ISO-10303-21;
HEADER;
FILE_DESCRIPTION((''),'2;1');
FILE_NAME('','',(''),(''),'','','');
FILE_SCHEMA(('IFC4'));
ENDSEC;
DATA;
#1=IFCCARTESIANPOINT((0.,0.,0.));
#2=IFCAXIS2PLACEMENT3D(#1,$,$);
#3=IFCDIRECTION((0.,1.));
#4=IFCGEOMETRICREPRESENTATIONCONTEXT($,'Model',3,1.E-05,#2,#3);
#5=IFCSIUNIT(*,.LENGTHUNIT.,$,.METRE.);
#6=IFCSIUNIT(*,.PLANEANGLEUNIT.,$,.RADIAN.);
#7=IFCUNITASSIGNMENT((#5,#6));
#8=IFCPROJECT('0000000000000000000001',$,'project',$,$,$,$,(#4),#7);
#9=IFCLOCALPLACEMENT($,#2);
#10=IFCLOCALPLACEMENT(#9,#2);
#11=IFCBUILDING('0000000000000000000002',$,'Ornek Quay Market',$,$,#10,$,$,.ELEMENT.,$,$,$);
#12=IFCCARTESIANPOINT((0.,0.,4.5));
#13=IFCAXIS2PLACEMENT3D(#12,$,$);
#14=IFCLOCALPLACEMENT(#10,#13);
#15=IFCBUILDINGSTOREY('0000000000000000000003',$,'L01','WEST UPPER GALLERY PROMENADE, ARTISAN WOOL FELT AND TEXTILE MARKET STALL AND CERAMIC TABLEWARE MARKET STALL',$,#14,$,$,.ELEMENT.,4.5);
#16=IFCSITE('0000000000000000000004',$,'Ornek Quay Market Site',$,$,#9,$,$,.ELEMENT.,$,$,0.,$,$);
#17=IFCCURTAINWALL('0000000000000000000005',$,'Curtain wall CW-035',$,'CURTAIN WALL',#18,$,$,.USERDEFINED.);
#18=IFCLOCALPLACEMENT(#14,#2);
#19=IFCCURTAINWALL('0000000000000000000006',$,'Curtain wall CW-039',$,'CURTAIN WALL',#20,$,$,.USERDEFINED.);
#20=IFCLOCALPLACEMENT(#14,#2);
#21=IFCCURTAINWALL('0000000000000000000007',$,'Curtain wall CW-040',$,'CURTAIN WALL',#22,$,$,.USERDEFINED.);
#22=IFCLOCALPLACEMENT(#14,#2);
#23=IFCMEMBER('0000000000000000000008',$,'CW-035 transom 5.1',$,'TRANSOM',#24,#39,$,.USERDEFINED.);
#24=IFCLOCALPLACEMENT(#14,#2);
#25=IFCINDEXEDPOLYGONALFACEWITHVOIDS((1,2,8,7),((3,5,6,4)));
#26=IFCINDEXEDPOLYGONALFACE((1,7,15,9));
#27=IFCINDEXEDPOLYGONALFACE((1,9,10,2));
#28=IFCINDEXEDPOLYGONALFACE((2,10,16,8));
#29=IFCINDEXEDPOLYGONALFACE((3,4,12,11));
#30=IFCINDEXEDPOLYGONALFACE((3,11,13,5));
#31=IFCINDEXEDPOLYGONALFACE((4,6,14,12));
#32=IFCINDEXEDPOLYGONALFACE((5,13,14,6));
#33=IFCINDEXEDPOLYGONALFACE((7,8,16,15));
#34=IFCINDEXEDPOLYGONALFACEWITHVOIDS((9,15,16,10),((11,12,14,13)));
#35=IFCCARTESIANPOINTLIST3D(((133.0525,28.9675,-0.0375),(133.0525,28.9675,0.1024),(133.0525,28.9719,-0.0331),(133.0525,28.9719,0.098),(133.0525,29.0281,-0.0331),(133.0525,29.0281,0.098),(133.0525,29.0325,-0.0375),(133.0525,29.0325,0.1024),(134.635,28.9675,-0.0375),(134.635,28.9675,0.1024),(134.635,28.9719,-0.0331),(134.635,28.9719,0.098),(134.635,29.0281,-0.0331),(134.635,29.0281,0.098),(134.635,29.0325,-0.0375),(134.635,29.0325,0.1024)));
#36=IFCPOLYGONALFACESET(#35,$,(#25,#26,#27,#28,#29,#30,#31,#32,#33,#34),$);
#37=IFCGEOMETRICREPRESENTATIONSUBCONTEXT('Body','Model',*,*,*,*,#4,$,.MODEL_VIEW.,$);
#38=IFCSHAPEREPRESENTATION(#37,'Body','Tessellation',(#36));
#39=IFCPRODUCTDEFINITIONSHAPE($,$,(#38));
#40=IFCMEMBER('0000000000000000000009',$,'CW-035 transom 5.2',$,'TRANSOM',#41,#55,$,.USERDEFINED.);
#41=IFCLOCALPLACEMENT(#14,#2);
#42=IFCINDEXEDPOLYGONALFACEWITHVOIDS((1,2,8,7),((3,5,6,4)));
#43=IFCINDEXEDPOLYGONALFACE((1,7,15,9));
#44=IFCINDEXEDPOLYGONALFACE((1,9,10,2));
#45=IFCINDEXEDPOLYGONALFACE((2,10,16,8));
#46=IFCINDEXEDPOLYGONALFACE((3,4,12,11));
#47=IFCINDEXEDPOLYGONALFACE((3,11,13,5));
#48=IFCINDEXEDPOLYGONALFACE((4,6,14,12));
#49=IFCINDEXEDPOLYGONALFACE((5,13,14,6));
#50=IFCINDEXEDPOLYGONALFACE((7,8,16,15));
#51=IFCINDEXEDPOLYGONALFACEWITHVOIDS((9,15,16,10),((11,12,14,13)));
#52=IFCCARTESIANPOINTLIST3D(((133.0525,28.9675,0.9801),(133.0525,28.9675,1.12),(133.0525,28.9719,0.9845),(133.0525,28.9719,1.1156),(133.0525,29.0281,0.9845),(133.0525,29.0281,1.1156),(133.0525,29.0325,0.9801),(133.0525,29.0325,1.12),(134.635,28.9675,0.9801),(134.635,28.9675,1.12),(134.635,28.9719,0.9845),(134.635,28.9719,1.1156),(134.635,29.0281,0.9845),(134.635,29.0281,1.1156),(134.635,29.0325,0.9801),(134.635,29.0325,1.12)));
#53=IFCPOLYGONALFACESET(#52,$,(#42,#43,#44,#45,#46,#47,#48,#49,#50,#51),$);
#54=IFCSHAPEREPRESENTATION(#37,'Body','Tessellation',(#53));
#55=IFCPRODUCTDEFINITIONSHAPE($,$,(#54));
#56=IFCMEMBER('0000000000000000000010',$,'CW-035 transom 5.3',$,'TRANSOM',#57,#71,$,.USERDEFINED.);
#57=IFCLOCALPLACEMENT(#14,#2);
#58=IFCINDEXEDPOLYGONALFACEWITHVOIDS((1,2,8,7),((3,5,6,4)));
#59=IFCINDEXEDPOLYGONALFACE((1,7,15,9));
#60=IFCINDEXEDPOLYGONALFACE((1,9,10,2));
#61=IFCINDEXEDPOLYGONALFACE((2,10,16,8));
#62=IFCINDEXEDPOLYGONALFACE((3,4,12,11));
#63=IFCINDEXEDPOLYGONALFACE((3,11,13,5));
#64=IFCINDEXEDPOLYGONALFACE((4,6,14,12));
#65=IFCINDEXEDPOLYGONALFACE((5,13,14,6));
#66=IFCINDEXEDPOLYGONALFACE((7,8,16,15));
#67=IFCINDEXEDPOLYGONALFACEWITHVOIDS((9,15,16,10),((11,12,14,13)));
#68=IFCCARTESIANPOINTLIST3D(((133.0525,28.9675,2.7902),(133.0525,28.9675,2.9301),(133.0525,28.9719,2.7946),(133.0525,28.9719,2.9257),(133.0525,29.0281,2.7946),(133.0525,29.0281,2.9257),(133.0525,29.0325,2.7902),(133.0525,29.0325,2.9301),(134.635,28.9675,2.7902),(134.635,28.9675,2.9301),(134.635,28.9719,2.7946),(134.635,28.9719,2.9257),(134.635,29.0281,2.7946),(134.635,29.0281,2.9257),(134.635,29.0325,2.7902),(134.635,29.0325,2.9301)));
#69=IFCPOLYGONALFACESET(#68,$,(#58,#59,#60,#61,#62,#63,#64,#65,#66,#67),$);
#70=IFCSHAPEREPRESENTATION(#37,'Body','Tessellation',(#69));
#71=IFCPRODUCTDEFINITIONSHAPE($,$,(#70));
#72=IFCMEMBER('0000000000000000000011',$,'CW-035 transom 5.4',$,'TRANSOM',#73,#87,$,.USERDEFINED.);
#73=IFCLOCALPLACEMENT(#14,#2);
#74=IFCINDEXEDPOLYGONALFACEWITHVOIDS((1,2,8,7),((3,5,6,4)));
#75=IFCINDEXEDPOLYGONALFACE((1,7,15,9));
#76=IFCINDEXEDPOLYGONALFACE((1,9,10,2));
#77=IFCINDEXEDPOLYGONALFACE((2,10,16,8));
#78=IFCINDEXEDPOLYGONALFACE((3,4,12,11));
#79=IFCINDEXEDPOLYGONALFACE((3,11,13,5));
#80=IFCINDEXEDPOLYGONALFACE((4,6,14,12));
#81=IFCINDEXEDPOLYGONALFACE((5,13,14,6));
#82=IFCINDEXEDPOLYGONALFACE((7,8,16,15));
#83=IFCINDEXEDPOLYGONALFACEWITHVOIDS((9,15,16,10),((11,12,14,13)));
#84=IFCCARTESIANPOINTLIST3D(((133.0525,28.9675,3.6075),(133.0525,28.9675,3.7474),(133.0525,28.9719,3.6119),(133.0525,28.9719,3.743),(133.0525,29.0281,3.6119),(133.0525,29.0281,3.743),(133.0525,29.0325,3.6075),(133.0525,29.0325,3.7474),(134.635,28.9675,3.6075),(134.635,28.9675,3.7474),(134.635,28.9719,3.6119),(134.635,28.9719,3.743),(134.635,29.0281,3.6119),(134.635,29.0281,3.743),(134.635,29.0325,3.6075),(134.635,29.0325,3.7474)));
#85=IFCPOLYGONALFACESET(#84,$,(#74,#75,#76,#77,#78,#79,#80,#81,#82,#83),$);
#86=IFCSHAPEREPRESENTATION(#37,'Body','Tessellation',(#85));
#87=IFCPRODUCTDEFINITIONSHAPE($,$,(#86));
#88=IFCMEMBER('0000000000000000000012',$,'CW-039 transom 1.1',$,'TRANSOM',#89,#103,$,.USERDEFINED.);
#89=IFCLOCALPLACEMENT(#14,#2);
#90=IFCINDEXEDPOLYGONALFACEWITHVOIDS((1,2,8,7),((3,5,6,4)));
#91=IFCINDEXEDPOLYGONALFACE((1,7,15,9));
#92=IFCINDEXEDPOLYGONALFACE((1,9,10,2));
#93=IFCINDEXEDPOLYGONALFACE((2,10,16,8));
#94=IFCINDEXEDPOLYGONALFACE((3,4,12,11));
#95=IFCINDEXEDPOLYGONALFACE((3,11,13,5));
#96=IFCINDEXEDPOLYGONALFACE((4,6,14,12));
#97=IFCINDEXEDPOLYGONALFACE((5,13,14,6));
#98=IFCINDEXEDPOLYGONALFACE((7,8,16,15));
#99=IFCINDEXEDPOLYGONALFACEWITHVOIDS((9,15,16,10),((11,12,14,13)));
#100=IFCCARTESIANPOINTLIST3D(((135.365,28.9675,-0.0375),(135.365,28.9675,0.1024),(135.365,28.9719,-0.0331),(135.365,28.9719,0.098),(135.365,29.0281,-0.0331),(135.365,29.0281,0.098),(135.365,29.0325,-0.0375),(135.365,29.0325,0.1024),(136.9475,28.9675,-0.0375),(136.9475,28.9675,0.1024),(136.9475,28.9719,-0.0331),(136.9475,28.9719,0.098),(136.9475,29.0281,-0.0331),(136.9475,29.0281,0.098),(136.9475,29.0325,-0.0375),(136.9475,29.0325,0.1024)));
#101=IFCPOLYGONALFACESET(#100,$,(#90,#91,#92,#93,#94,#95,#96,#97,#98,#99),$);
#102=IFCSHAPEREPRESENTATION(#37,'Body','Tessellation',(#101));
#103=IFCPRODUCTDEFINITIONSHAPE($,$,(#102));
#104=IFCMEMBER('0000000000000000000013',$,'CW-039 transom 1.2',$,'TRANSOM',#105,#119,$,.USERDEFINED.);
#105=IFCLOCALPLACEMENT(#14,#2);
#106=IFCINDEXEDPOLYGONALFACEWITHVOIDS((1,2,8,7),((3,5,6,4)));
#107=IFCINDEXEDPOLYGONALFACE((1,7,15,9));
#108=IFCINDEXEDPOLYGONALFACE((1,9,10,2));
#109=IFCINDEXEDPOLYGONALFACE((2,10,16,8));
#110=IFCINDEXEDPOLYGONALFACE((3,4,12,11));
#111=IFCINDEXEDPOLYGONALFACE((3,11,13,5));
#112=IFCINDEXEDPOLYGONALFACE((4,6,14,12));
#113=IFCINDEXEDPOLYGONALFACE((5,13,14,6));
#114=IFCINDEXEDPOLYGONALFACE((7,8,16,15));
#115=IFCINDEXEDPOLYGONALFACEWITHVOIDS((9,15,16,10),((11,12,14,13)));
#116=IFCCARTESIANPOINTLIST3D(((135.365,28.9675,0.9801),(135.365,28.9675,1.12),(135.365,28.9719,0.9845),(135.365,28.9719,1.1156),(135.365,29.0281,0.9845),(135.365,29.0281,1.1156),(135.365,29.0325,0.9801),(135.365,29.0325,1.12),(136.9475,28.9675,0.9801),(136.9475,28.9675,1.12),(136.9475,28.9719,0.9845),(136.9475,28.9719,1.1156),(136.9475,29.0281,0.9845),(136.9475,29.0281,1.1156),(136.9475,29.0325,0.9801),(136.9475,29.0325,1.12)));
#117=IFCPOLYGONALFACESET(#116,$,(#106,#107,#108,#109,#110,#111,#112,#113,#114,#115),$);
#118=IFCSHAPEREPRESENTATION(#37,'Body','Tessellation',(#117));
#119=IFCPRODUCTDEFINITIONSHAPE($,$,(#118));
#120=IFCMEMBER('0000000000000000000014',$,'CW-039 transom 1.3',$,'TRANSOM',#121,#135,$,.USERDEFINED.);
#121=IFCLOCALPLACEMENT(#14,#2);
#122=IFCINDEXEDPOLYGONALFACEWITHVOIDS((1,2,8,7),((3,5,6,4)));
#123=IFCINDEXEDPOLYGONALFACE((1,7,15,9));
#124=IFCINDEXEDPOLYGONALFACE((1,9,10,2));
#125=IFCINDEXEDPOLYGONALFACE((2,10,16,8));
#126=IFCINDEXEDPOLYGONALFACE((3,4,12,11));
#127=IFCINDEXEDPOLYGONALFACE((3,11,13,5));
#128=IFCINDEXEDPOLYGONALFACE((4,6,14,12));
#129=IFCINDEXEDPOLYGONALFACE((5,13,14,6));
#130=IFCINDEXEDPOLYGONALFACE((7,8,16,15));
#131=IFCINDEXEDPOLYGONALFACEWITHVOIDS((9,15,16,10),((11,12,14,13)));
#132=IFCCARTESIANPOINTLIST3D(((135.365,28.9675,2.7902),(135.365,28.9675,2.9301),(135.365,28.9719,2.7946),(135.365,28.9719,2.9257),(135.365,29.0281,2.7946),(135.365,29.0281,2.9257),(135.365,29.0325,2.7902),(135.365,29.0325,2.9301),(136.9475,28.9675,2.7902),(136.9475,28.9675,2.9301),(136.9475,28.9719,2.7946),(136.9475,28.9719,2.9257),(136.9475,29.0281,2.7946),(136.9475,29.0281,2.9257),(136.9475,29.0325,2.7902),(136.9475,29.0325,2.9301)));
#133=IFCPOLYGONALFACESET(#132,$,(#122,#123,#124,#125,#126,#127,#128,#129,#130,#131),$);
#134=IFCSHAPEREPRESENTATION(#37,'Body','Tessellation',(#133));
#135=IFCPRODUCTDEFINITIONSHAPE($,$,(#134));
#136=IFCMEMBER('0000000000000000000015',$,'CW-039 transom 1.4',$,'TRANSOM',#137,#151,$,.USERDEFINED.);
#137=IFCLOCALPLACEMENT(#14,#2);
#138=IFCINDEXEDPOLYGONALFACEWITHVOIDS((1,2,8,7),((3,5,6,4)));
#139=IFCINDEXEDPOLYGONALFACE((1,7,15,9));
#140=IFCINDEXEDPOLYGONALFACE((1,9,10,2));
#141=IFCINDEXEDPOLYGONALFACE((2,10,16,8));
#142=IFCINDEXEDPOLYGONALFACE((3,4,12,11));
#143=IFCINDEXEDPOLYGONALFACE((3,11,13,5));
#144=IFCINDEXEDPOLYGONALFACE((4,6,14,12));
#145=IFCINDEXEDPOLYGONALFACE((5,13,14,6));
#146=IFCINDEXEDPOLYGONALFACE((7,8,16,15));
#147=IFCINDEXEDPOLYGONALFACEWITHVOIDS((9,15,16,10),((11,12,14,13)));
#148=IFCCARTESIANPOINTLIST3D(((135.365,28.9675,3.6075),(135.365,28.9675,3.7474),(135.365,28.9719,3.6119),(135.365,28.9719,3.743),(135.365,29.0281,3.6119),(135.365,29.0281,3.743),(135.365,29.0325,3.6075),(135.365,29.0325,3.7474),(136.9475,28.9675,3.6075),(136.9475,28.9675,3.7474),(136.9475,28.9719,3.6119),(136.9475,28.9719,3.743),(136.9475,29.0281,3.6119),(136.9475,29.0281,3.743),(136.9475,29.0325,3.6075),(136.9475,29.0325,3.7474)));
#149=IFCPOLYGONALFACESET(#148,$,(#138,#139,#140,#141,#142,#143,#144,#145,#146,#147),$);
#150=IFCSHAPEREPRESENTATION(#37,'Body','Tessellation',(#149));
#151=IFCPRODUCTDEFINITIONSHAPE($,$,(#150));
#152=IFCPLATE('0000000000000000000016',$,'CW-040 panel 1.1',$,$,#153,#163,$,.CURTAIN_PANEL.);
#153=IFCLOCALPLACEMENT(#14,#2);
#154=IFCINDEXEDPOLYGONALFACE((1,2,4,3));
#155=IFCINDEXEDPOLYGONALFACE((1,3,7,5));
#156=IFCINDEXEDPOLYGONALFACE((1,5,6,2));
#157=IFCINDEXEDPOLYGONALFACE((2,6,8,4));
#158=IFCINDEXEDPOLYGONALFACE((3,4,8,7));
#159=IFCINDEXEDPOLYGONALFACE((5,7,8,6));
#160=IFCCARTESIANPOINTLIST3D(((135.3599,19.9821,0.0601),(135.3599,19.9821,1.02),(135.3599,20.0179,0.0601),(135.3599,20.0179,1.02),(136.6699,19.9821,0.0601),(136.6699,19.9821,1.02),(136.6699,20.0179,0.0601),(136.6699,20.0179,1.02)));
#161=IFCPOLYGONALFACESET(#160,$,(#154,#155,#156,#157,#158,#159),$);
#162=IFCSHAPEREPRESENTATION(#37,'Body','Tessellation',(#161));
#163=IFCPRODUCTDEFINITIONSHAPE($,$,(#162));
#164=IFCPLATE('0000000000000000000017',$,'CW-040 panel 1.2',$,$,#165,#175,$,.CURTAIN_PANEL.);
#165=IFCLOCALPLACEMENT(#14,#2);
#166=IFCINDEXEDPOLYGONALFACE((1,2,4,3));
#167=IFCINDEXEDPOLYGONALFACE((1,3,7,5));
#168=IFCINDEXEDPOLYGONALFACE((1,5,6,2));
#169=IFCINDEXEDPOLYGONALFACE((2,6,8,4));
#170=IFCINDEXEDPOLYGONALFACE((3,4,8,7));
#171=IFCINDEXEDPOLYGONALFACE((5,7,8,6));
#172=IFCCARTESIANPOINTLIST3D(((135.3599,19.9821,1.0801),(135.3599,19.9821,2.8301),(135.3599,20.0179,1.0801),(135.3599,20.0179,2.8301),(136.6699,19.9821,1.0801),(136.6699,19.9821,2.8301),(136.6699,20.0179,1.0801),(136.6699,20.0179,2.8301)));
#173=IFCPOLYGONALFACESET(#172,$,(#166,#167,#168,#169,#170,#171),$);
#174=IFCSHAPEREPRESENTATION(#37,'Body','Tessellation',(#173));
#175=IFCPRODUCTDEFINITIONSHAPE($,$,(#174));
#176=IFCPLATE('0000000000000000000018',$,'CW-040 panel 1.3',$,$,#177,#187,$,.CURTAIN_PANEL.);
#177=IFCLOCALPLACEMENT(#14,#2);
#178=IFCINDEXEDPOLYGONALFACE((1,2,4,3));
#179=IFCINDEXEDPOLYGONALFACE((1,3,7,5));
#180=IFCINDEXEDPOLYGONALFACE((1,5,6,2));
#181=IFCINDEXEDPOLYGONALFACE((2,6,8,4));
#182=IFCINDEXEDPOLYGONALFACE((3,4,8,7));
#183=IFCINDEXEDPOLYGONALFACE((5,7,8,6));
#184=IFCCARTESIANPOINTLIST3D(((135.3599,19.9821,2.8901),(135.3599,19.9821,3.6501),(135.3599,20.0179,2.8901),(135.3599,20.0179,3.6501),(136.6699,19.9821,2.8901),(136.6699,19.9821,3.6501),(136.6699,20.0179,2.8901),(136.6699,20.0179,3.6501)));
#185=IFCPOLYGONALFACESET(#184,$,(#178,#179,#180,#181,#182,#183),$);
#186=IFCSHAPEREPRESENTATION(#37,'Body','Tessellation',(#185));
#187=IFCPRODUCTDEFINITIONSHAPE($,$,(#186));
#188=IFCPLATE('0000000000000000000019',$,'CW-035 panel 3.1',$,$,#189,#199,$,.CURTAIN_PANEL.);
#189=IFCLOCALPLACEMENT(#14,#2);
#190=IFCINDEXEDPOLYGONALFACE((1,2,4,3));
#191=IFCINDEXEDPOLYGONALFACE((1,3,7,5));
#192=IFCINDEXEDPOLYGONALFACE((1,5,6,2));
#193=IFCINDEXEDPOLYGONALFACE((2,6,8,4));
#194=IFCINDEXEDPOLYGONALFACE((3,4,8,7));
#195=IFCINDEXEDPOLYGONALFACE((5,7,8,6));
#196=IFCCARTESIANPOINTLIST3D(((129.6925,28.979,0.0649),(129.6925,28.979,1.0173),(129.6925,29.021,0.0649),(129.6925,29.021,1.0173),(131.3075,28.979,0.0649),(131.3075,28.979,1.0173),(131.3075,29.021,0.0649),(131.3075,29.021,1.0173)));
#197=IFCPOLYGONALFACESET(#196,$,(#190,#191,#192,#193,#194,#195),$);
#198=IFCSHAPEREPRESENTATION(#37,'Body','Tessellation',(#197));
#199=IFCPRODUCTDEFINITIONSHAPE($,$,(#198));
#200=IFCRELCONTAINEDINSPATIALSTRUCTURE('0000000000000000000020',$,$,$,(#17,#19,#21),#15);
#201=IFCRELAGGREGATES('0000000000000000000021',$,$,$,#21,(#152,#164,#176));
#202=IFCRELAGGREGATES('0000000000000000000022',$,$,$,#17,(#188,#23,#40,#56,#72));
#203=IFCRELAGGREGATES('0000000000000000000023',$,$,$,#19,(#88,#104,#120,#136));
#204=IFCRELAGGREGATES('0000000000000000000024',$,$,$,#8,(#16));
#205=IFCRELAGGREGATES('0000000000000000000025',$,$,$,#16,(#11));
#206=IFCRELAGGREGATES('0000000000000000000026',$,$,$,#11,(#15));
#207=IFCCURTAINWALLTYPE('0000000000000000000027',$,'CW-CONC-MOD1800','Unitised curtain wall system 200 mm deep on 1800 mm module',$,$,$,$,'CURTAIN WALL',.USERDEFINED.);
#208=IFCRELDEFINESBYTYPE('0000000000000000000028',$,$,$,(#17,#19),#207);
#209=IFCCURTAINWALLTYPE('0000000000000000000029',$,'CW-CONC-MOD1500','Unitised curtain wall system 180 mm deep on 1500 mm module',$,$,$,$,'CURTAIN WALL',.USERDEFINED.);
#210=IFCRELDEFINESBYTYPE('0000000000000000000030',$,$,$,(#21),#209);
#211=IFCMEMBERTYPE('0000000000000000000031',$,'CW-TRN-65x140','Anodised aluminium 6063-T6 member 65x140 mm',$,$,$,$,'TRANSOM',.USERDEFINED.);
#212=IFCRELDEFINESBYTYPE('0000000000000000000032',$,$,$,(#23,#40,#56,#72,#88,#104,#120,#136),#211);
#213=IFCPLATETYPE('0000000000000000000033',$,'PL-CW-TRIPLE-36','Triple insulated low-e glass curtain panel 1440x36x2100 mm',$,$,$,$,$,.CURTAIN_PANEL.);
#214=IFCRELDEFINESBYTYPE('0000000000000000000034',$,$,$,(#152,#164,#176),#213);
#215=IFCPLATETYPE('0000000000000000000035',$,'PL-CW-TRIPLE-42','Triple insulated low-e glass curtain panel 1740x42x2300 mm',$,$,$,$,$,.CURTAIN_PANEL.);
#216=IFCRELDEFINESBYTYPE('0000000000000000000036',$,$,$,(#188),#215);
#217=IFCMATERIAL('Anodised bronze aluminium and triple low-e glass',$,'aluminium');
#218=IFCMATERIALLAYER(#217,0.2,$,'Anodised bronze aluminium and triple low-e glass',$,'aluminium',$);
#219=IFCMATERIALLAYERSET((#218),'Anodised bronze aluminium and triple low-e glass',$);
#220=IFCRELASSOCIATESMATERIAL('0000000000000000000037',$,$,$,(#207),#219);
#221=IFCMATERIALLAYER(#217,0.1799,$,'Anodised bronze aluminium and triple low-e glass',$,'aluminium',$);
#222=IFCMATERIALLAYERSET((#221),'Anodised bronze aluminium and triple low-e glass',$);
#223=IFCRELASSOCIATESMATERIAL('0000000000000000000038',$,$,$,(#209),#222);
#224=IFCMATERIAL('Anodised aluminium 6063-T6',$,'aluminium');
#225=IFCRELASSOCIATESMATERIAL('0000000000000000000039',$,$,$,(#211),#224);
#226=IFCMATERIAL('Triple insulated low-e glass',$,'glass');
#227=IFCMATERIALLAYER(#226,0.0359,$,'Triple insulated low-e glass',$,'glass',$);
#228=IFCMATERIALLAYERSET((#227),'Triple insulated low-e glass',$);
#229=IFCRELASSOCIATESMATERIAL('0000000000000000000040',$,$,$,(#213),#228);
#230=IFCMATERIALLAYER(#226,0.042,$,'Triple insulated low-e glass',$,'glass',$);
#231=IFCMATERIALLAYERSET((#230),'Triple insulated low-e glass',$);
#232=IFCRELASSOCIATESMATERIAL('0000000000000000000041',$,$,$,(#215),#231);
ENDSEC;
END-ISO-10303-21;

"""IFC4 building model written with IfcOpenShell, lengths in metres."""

from ifc_helpers import new_model, si_unit, direction, frame, origin, origin_2d, place, context, subcontext, project, spatial, rectangle, hollow_rectangle, extrude, material, layer, layer_set, material_profile, profile_set, type_object, element, aggregate, save


model = new_model("IFC4")

# Units and contexts
model_context = context("Model", 3, precision=1e-05, world=origin(), true_north=direction((0.0, 1.0)))
body_context = subcontext(model_context, "Body", "Model", "MODEL_VIEW")
ifc_project = project(units=[si_unit("LENGTHUNIT", "METRE"), si_unit("PLANEANGLEUNIT", "RADIAN")], contexts=[model_context])

# Site, building, storey
site_placement = place(None, origin())
site = spatial("IfcSite", under=ifc_project, at=site_placement, Name="Ornek Quay Market Site", CompositionType="ELEMENT", RefElevation=0.0)
building_placement = place(site_placement, origin())
building = spatial("IfcBuilding", under=site, at=building_placement, Name="Ornek Quay Market", CompositionType="ELEMENT")
storey_placement = place(building_placement, frame((0.0, 0.0, 4.5)))
storey = spatial("IfcBuildingStorey", under=building, at=storey_placement, Name="L01", Description="WEST UPPER GALLERY PROMENADE, ARTISAN WOOL FELT AND TEXTILE MARKET STALL AND CERAMIC TABLEWARE MARKET STALL", CompositionType="ELEMENT", Elevation=4.5)

# Curtain wall
ifc_material_1 = material(Name="Anodised bronze aluminium and triple low-e glass", Category="aluminium")
ifc_layer_1 = layer(ifc_material_1, 0.2, Name="Anodised bronze aluminium and triple low-e glass", Category="aluminium")
ifc_layer_set_1 = layer_set([ifc_layer_1], Name="Anodised bronze aluminium and triple low-e glass")
curtain_wall_type_1 = type_object("IfcCurtainWallType", Name="CW-CONC-MOD1800", Description="Unitised curtain wall system 200 mm deep on 1800 mm module", ElementType="CURTAIN WALL", PredefinedType="USERDEFINED", material=ifc_layer_set_1)
curtain_wall_1_placement = place(storey_placement, origin())
curtain_wall_1 = element("IfcCurtainWall", 1, at=curtain_wall_1_placement, inside=storey, type_object=curtain_wall_type_1, Name="Curtain wall CW-035", ObjectType="CURTAIN WALL", PredefinedType="USERDEFINED")
ifc_material_2 = material(Name="Anodised aluminium 6063-T6", Category="aluminium")

# Curtain walls
curtain_wall_2_placement = place(storey_placement, origin())
curtain_wall_2 = element("IfcCurtainWall", 2, at=curtain_wall_2_placement, inside=storey, type_object=curtain_wall_type_1, Name="Curtain wall CW-039", ObjectType="CURTAIN WALL", PredefinedType="USERDEFINED")
ifc_layer_2 = layer(ifc_material_1, 0.1799, Name="Anodised bronze aluminium and triple low-e glass", Category="aluminium")
ifc_layer_set_2 = layer_set([ifc_layer_2], Name="Anodised bronze aluminium and triple low-e glass")
curtain_wall_type_2 = type_object("IfcCurtainWallType", Name="CW-CONC-MOD1500", Description="Unitised curtain wall system 180 mm deep on 1500 mm module", ElementType="CURTAIN WALL", PredefinedType="USERDEFINED", material=ifc_layer_set_2)
curtain_wall_3_placement = place(storey_placement, origin())
curtain_wall_3 = element("IfcCurtainWall", 3, at=curtain_wall_3_placement, inside=storey, type_object=curtain_wall_type_2, Name="Curtain wall CW-040", ObjectType="CURTAIN WALL", PredefinedType="USERDEFINED")

# Members
ifc_material_profile_1 = material_profile(ifc_material_2, hollow_rectangle(XDim=0.0649, YDim=0.1399, WallThickness=0.0044, at=origin_2d()), Name="CW-TRN-65x140", Category="aluminium")
ifc_profile_set_1 = profile_set([ifc_material_profile_1], Name="Anodised aluminium 6063-T6")
member_type_1 = type_object("IfcMemberType", Name="CW-TRN-65x140", Description="Anodised aluminium 6063-T6 member 65x140 mm", ElementType="TRANSOM", PredefinedType="USERDEFINED", material=ifc_profile_set_1)
member_1_placement = place(storey_placement, frame((133.0525, 29.0, 0.0325), z_axis=(1.0, 0.0, 0.0), x_axis=(0.0, 1.0, 0.0)))
member_1 = element("IfcMember", 4, at=member_1_placement, type_object=member_type_1, Name="CW-035 transom 5.1", ObjectType="TRANSOM", PredefinedType="USERDEFINED", context=body_context, shape_type="SweptSolid", body=[
    extrude(hollow_rectangle(XDim=0.0649, YDim=0.1399, WallThickness=0.0044, at=origin_2d()), origin(), (0.0, 0.0, 1.0), 1.5825),
])
member_2_placement = place(storey_placement, frame((133.0525, 29.0, 1.05), z_axis=(1.0, 0.0, 0.0), x_axis=(0.0, 1.0, 0.0)))
member_2 = element("IfcMember", 5, at=member_2_placement, type_object=member_type_1, Name="CW-035 transom 5.2", ObjectType="TRANSOM", PredefinedType="USERDEFINED", context=body_context, shape_type="SweptSolid", body=[
    extrude(hollow_rectangle(XDim=0.0649, YDim=0.1399, WallThickness=0.0044, at=origin_2d()), origin(), (0.0, 0.0, 1.0), 1.5825),
])
member_3_placement = place(storey_placement, frame((133.0525, 29.0, 2.8601), z_axis=(1.0, 0.0, 0.0), x_axis=(0.0, 1.0, 0.0)))
member_3 = element("IfcMember", 6, at=member_3_placement, type_object=member_type_1, Name="CW-035 transom 5.3", ObjectType="TRANSOM", PredefinedType="USERDEFINED", context=body_context, shape_type="SweptSolid", body=[
    extrude(hollow_rectangle(XDim=0.0649, YDim=0.1399, WallThickness=0.0044, at=origin_2d()), origin(), (0.0, 0.0, 1.0), 1.5825),
])
member_4_placement = place(storey_placement, frame((133.0525, 29.0, 3.6775), z_axis=(1.0, 0.0, 0.0), x_axis=(0.0, 1.0, 0.0)))
member_4 = element("IfcMember", 7, at=member_4_placement, type_object=member_type_1, Name="CW-035 transom 5.4", ObjectType="TRANSOM", PredefinedType="USERDEFINED", context=body_context, shape_type="SweptSolid", body=[
    extrude(hollow_rectangle(XDim=0.0649, YDim=0.1399, WallThickness=0.0044, at=origin_2d()), origin(), (0.0, 0.0, 1.0), 1.5825),
])
member_5_placement = place(storey_placement, frame((135.365, 29.0, 0.0325), z_axis=(1.0, 0.0, 0.0), x_axis=(0.0, 1.0, 0.0)))
member_5 = element("IfcMember", 8, at=member_5_placement, type_object=member_type_1, Name="CW-039 transom 1.1", ObjectType="TRANSOM", PredefinedType="USERDEFINED", context=body_context, shape_type="SweptSolid", body=[
    extrude(hollow_rectangle(XDim=0.0649, YDim=0.1399, WallThickness=0.0044, at=origin_2d()), origin(), (0.0, 0.0, 1.0), 1.5825),
])
member_6_placement = place(storey_placement, frame((135.365, 29.0, 1.05), z_axis=(1.0, 0.0, 0.0), x_axis=(0.0, 1.0, 0.0)))
member_6 = element("IfcMember", 9, at=member_6_placement, type_object=member_type_1, Name="CW-039 transom 1.2", ObjectType="TRANSOM", PredefinedType="USERDEFINED", context=body_context, shape_type="SweptSolid", body=[
    extrude(hollow_rectangle(XDim=0.0649, YDim=0.1399, WallThickness=0.0044, at=origin_2d()), origin(), (0.0, 0.0, 1.0), 1.5825),
])
member_7_placement = place(storey_placement, frame((135.365, 29.0, 2.8601), z_axis=(1.0, 0.0, 0.0), x_axis=(0.0, 1.0, 0.0)))
member_7 = element("IfcMember", 10, at=member_7_placement, type_object=member_type_1, Name="CW-039 transom 1.3", ObjectType="TRANSOM", PredefinedType="USERDEFINED", context=body_context, shape_type="SweptSolid", body=[
    extrude(hollow_rectangle(XDim=0.0649, YDim=0.1399, WallThickness=0.0044, at=origin_2d()), origin(), (0.0, 0.0, 1.0), 1.5825),
])
member_8_placement = place(storey_placement, frame((135.365, 29.0, 3.6775), z_axis=(1.0, 0.0, 0.0), x_axis=(0.0, 1.0, 0.0)))
member_8 = element("IfcMember", 11, at=member_8_placement, type_object=member_type_1, Name="CW-039 transom 1.4", ObjectType="TRANSOM", PredefinedType="USERDEFINED", context=body_context, shape_type="SweptSolid", body=[
    extrude(hollow_rectangle(XDim=0.0649, YDim=0.1399, WallThickness=0.0044, at=origin_2d()), origin(), (0.0, 0.0, 1.0), 1.5825),
])

# Plates
ifc_material_3 = material(Name="Triple insulated low-e glass", Category="glass")
ifc_layer_3 = layer(ifc_material_3, 0.0359, Name="Triple insulated low-e glass", Category="glass")
ifc_layer_set_3 = layer_set([ifc_layer_3], Name="Triple insulated low-e glass")
plate_type_1 = type_object("IfcPlateType", Name="PL-CW-TRIPLE-36", Description="Triple insulated low-e glass curtain panel 1440x36x2100 mm", PredefinedType="CURTAIN_PANEL", material=ifc_layer_set_3)
plate_1_placement = place(storey_placement, frame((136.0149, 20.0, 0.0601), z_axis=(0.0, 0.0, 1.0), x_axis=(1.0, 0.0, 0.0)))
plate_1 = element("IfcPlate", 12, at=plate_1_placement, type_object=plate_type_1, Name="CW-040 panel 1.1", PredefinedType="CURTAIN_PANEL", context=body_context, shape_type="SweptSolid", body=[
    extrude(rectangle(XDim=1.3101, YDim=0.0359, at=origin_2d()), origin(), (0.0, 0.0, 1.0), 0.96),
])
plate_2_placement = place(storey_placement, frame((136.0149, 20.0, 1.0801), z_axis=(0.0, 0.0, 1.0), x_axis=(1.0, 0.0, 0.0)))
plate_2 = element("IfcPlate", 13, at=plate_2_placement, type_object=plate_type_1, Name="CW-040 panel 1.2", PredefinedType="CURTAIN_PANEL", context=body_context, shape_type="SweptSolid", body=[
    extrude(rectangle(XDim=1.3101, YDim=0.0359, at=origin_2d()), origin(), (0.0, 0.0, 1.0), 1.75),
])
plate_3_placement = place(storey_placement, frame((136.0149, 20.0, 2.8901), z_axis=(0.0, 0.0, 1.0), x_axis=(1.0, 0.0, 0.0)))
plate_3 = element("IfcPlate", 14, at=plate_3_placement, type_object=plate_type_1, Name="CW-040 panel 1.3", PredefinedType="CURTAIN_PANEL", context=body_context, shape_type="SweptSolid", body=[
    extrude(rectangle(XDim=1.3101, YDim=0.0359, at=origin_2d()), origin(), (0.0, 0.0, 1.0), 0.76),
])
aggregate(curtain_wall_3, [plate_1, plate_2, plate_3])
ifc_layer_4 = layer(ifc_material_3, 0.042, Name="Triple insulated low-e glass", Category="glass")
ifc_layer_set_4 = layer_set([ifc_layer_4], Name="Triple insulated low-e glass")
plate_type_2 = type_object("IfcPlateType", Name="PL-CW-TRIPLE-42", Description="Triple insulated low-e glass curtain panel 1740x42x2300 mm", PredefinedType="CURTAIN_PANEL", material=ifc_layer_set_4)
plate_4_placement = place(storey_placement, frame((130.5, 29.0, 0.0649), z_axis=(0.0, 0.0, 1.0), x_axis=(1.0, 0.0, 0.0)))
plate_4 = element("IfcPlate", 15, at=plate_4_placement, type_object=plate_type_2, Name="CW-035 panel 3.1", PredefinedType="CURTAIN_PANEL", context=body_context, shape_type="SweptSolid", body=[
    extrude(rectangle(XDim=1.615, YDim=0.042, at=origin_2d()), origin(), (0.0, 0.0, 1.0), 0.9524),
])
aggregate(curtain_wall_1, [plate_4, member_1, member_2, member_3, member_4])
aggregate(curtain_wall_2, [member_5, member_6, member_7, member_8])

save(model, "model.ifc")
